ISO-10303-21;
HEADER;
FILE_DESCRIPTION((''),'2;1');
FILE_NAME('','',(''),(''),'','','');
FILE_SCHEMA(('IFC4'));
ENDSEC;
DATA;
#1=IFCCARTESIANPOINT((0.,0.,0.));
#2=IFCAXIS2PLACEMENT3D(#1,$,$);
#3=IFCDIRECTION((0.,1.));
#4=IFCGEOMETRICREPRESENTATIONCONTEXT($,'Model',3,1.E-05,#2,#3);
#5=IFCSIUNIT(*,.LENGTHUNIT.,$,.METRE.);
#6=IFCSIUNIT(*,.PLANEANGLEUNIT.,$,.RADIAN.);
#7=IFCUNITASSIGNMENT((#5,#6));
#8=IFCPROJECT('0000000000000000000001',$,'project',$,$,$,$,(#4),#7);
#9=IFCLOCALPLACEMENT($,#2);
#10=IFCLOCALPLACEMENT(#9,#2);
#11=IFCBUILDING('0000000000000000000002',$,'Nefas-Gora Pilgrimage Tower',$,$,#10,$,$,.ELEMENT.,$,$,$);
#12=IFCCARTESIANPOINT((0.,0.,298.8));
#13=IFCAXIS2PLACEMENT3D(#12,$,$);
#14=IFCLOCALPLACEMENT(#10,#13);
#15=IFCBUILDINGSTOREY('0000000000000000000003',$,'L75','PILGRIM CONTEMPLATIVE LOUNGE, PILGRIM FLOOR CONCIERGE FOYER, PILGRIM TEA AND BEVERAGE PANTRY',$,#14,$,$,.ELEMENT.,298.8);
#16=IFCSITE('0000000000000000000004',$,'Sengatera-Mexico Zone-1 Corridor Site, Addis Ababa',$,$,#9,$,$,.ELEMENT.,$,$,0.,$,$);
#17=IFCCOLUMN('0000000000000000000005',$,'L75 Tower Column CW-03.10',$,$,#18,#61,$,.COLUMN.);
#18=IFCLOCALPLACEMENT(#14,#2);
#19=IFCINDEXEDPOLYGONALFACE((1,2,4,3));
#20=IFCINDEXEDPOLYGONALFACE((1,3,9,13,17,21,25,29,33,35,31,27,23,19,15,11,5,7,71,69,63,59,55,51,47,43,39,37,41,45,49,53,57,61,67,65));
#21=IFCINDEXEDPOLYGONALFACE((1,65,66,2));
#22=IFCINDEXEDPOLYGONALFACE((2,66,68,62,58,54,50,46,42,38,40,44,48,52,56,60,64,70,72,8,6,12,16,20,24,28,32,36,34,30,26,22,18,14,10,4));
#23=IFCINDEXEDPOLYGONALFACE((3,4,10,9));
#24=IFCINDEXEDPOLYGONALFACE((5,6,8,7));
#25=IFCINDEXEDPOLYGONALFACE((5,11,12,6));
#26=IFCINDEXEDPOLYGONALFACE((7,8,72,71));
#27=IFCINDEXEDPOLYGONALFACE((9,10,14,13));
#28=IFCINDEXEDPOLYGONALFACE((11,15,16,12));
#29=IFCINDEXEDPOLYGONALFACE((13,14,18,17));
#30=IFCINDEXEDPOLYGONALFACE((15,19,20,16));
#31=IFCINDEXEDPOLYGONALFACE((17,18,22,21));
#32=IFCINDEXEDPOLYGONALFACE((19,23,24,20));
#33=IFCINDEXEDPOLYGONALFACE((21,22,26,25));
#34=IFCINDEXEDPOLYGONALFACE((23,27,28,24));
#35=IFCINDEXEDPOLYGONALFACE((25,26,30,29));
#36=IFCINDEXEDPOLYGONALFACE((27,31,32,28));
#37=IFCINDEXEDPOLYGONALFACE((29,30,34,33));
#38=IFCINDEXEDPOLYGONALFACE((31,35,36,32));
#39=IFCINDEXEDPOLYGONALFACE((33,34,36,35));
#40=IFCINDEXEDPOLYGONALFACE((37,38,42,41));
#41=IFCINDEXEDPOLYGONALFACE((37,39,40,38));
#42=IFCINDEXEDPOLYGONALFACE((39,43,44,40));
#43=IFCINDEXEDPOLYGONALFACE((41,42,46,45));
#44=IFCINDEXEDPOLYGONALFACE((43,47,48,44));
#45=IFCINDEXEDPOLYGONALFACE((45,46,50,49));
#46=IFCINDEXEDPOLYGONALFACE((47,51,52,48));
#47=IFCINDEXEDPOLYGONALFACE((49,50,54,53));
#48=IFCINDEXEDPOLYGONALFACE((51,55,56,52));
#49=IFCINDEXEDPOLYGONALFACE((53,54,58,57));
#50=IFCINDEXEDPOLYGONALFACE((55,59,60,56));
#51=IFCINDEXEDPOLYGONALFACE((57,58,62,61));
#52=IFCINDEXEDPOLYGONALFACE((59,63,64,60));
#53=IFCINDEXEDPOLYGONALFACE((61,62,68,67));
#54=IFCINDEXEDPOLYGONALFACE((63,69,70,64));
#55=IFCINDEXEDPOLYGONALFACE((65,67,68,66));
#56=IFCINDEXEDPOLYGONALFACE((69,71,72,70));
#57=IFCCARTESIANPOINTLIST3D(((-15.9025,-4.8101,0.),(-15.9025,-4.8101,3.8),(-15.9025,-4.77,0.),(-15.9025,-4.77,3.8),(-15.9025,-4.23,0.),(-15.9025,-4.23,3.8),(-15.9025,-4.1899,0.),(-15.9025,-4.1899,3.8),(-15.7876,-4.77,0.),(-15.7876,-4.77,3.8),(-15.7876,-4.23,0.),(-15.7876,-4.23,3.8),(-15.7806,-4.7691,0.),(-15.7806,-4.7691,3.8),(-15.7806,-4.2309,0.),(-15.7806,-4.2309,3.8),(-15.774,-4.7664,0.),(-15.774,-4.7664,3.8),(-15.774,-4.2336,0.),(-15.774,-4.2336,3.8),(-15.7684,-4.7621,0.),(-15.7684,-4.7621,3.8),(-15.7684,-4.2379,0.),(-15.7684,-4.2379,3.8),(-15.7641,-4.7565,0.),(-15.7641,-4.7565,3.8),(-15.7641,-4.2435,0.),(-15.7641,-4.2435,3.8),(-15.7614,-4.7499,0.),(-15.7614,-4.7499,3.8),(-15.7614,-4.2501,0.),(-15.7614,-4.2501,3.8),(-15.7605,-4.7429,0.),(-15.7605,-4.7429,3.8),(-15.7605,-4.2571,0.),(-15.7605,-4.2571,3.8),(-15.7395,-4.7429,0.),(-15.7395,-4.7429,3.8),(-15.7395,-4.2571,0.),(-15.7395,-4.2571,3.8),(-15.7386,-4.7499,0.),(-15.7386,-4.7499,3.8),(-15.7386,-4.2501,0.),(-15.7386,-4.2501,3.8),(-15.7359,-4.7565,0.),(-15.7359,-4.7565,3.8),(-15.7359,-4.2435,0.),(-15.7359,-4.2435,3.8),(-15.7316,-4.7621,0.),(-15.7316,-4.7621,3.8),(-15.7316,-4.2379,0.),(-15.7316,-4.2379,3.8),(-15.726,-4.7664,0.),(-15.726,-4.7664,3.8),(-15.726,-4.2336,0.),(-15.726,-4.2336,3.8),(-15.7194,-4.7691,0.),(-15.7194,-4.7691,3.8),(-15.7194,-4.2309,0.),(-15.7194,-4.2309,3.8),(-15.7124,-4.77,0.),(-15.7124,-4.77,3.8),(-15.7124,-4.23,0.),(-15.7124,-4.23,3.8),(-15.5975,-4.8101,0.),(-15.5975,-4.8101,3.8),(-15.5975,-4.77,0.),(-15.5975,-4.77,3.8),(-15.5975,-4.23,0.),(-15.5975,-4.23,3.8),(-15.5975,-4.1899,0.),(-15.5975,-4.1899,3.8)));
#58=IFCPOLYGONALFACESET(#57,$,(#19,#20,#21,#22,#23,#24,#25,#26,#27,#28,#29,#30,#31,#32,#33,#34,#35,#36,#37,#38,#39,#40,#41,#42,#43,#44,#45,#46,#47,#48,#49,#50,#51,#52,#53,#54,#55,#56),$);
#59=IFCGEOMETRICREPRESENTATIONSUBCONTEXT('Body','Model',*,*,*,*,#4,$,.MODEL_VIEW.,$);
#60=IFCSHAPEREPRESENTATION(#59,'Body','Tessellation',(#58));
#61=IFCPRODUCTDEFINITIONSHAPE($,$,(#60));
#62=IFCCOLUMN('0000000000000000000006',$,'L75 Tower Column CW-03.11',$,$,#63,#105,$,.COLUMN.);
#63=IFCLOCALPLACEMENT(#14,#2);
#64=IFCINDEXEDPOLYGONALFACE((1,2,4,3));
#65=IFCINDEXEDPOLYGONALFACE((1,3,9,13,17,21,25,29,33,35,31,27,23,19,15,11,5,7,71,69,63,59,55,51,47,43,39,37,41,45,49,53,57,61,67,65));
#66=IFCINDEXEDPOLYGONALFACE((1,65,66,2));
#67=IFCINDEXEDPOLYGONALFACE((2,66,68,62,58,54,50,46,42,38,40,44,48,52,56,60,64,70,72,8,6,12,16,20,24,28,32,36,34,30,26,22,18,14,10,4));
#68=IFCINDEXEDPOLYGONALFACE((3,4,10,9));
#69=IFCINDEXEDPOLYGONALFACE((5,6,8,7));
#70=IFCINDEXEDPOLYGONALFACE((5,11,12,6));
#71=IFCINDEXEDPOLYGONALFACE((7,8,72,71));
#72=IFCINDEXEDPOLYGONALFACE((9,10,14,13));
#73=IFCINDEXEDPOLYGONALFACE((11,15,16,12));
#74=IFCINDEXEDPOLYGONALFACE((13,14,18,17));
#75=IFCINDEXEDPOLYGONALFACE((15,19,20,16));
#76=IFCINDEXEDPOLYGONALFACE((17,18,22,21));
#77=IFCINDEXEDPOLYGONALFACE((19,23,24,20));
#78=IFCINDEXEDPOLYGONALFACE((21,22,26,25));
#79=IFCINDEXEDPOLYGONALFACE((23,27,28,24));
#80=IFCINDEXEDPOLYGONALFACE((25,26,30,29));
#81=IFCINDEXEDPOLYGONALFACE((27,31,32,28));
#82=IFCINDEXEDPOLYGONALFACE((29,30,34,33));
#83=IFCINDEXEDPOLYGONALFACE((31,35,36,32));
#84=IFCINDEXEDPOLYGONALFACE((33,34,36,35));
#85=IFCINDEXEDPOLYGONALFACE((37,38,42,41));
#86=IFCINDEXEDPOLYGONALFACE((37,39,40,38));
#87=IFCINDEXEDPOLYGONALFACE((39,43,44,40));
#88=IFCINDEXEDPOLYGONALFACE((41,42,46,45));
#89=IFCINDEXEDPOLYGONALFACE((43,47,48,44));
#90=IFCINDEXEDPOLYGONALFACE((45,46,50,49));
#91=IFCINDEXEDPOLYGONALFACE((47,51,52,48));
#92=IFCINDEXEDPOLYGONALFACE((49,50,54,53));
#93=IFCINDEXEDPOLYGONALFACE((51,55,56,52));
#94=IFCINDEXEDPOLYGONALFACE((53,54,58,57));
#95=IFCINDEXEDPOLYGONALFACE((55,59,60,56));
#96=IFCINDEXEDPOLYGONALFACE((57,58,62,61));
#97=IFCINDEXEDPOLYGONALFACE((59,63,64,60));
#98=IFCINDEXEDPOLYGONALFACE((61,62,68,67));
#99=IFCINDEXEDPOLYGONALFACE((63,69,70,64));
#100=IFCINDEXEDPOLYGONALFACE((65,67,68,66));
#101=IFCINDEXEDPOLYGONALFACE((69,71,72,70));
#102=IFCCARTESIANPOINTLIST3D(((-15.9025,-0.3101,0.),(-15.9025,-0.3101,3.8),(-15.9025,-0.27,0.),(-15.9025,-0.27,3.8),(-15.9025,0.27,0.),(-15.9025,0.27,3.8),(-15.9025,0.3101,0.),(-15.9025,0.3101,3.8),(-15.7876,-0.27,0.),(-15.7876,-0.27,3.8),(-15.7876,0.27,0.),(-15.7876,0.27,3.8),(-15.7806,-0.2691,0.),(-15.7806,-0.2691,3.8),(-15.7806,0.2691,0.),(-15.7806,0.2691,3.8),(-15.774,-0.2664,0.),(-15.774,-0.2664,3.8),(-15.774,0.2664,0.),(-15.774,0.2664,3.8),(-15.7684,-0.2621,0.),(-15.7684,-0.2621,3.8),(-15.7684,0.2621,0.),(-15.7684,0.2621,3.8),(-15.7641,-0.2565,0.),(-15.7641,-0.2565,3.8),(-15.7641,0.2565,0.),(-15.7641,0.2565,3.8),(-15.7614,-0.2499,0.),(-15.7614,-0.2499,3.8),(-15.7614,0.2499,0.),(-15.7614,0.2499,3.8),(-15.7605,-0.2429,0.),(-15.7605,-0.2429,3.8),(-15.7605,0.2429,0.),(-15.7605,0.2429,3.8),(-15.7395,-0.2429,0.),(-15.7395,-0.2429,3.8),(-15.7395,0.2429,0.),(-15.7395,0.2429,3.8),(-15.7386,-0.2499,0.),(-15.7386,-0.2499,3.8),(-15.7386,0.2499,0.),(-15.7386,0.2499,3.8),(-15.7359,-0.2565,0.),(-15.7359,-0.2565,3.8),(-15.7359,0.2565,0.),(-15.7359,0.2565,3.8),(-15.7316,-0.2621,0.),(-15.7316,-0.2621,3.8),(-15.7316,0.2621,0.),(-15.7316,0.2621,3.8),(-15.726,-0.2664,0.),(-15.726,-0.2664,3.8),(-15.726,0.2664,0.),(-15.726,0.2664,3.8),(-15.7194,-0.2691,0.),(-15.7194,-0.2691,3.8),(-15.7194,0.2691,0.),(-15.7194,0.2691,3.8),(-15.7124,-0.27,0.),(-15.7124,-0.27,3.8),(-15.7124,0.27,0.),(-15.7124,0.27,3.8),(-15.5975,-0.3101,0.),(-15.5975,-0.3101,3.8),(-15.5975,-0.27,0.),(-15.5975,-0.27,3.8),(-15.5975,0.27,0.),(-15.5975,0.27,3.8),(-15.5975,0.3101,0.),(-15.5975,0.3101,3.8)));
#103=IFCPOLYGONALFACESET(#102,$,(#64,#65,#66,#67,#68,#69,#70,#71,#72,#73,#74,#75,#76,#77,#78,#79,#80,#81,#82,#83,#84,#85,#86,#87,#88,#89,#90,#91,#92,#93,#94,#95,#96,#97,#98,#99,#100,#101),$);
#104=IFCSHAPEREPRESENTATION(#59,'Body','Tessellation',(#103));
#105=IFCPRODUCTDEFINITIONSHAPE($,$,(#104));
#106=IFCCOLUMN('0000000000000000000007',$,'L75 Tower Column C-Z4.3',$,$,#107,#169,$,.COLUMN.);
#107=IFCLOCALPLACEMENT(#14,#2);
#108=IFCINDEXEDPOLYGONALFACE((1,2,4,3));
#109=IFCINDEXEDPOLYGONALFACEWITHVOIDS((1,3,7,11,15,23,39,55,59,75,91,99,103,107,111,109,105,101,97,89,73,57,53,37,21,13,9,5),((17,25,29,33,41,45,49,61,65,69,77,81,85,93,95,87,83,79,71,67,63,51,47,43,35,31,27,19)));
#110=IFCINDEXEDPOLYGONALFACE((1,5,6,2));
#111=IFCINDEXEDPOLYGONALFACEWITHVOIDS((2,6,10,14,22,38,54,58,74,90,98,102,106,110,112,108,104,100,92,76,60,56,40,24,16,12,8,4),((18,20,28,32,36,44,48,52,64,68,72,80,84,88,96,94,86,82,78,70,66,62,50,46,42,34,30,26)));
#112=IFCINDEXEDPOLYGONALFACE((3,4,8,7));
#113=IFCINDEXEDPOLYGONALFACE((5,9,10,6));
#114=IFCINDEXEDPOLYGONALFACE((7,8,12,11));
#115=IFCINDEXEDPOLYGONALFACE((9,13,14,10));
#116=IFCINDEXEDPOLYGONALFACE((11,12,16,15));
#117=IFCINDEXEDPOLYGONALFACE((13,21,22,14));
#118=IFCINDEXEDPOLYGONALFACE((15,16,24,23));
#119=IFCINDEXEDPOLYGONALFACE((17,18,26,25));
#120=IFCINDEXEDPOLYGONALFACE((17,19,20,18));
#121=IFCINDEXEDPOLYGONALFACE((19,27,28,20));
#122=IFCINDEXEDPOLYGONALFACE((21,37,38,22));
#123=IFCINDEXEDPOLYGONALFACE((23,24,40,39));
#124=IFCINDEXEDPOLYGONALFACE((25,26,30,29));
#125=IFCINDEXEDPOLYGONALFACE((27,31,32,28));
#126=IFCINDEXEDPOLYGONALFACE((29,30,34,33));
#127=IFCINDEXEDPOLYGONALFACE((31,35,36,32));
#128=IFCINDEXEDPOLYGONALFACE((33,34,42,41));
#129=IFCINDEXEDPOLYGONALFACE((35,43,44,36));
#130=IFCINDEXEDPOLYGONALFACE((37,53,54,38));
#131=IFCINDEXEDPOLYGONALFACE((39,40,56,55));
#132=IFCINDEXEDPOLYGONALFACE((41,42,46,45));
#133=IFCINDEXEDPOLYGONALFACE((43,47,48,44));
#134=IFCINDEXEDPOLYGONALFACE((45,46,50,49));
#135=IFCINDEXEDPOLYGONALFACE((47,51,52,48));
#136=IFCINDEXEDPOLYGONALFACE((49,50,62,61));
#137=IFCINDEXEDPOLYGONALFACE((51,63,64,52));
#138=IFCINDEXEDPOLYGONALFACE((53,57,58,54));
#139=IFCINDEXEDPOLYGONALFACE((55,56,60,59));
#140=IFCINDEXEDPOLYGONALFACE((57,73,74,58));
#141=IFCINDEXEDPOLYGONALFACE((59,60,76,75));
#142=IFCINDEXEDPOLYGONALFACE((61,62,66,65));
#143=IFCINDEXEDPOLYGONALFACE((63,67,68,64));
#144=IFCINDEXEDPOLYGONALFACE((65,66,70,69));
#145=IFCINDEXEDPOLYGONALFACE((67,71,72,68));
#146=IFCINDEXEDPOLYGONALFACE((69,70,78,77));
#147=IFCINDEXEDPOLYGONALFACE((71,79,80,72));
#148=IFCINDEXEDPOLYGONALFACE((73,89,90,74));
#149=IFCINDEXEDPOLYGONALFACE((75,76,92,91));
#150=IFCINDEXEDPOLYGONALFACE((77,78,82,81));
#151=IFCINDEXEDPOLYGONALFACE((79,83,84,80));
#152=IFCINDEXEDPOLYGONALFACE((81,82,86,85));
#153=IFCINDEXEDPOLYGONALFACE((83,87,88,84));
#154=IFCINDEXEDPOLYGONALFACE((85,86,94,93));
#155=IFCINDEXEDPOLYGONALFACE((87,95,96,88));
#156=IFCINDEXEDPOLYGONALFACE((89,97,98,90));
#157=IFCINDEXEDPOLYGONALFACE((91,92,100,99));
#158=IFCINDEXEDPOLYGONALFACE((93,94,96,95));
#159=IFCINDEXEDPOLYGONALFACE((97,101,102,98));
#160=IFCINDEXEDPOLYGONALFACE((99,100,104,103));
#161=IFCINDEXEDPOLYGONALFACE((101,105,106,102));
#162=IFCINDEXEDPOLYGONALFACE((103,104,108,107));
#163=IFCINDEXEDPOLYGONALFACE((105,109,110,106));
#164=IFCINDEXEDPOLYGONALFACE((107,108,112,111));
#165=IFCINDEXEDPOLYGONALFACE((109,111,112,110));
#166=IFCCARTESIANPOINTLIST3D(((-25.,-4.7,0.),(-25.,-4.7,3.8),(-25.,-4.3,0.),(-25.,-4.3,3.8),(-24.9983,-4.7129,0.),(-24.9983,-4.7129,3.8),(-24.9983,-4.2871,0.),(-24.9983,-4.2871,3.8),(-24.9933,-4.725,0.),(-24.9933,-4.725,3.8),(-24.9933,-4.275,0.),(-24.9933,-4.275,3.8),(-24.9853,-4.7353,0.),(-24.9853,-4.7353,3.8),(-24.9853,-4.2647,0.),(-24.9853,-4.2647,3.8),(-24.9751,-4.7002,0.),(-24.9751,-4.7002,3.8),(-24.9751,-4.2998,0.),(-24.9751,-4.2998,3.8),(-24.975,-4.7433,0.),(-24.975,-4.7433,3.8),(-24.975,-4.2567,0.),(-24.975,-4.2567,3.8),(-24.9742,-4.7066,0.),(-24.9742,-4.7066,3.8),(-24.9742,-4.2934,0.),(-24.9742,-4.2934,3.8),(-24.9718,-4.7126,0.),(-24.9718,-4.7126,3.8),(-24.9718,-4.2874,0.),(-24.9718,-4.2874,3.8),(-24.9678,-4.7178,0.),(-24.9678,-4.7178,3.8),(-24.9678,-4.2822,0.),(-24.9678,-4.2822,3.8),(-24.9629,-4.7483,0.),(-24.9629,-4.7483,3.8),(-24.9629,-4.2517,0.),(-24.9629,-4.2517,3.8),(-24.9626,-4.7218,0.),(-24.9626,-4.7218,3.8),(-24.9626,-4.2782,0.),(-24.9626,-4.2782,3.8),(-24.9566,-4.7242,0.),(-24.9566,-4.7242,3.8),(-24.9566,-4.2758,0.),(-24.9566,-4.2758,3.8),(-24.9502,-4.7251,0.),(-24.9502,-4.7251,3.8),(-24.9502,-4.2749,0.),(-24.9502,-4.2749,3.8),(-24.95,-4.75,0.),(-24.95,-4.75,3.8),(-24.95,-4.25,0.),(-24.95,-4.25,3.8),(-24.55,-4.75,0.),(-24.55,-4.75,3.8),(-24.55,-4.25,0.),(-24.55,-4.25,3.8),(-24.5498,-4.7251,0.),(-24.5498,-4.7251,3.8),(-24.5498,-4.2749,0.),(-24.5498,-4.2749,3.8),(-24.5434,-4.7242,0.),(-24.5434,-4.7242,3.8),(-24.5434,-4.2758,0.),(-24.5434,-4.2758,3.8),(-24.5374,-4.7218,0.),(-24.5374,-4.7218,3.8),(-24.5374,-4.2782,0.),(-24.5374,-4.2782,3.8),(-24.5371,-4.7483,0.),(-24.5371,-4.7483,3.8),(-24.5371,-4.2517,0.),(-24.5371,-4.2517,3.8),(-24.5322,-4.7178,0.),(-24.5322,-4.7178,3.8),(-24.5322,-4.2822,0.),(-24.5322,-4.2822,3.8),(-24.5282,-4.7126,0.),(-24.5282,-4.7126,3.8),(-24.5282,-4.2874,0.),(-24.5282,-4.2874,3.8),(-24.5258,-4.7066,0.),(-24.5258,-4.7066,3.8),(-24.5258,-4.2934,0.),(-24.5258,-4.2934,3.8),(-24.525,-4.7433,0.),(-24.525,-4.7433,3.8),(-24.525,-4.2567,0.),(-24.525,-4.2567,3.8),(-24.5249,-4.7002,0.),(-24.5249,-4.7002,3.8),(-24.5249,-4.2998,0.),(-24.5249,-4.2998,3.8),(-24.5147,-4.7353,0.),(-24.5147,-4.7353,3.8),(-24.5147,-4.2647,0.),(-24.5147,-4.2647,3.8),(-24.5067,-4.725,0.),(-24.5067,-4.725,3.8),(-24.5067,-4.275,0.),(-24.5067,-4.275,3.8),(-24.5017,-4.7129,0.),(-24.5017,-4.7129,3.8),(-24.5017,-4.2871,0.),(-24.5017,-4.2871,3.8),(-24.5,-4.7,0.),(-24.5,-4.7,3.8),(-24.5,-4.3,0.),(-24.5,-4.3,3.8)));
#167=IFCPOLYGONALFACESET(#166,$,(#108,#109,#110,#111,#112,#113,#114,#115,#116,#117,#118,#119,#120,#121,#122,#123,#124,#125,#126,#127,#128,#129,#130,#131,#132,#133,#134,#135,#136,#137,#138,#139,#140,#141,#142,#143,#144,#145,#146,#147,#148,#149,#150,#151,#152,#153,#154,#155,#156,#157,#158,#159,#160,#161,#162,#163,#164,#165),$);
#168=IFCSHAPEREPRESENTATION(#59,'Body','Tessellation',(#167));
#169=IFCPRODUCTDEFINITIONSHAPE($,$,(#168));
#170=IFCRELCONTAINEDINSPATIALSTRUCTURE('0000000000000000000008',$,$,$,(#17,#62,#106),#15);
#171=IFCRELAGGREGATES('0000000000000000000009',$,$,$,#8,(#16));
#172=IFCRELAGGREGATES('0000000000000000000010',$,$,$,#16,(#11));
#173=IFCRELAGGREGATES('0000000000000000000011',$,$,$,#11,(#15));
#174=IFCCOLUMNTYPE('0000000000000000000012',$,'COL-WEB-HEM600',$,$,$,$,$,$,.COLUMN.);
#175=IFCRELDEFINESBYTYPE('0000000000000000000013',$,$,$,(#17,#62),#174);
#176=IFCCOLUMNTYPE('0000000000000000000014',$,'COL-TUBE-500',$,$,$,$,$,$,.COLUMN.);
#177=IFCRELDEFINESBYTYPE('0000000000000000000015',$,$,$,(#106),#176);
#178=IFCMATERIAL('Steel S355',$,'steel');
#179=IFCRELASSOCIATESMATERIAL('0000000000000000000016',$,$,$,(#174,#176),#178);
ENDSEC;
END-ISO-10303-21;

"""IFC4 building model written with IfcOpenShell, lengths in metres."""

from ifc_helpers import new_model, si_unit, direction, frame, origin, origin_2d, place, context, subcontext, project, spatial, hollow_rectangle, i_section, extrude, source, transform, mapped, material, material_profile, profile_set, type_object, element, save


model = new_model("IFC4")

# Units and contexts
model_context = context("Model", 3, precision=1e-05, world=origin(), true_north=direction((0.0, 1.0)))
body_context = subcontext(model_context, "Body", "Model", "MODEL_VIEW")
ifc_project = project(units=[si_unit("LENGTHUNIT", "METRE"), si_unit("PLANEANGLEUNIT", "RADIAN")], contexts=[model_context])

# Site, building, storey
site_placement = place(None, origin())
site = spatial("IfcSite", under=ifc_project, at=site_placement, Name="Sengatera-Mexico Zone-1 Corridor Site, Addis Ababa", CompositionType="ELEMENT", RefElevation=0.0)
building_placement = place(site_placement, origin())
building = spatial("IfcBuilding", under=site, at=building_placement, Name="Nefas-Gora Pilgrimage Tower", CompositionType="ELEMENT")
storey_placement = place(building_placement, frame((0.0, 0.0, 298.8)))
storey = spatial("IfcBuildingStorey", under=building, at=storey_placement, Name="L75", Description="PILGRIM CONTEMPLATIVE LOUNGE, PILGRIM FLOOR CONCIERGE FOYER, PILGRIM TEA AND BEVERAGE PANTRY", CompositionType="ELEMENT", Elevation=298.8)

# Columns
ifc_material_1 = material(Name="Steel S355", Category="steel")
ifc_material_profile_1 = material_profile(ifc_material_1, i_section(OverallWidth=0.3049, OverallDepth=0.6201, WebThickness=0.021, FlangeThickness=0.04, FilletRadius=0.0271, at=origin_2d()), Name="HEM 600")
ifc_profile_set_1 = profile_set([ifc_material_profile_1], Name="Steel S355")
column_type_1 = type_object("IfcColumnType", Name="COL-WEB-HEM600", PredefinedType="COLUMN", material=ifc_profile_set_1)
shared_shape_1 = source(origin(), body_context, "Body", "SweptSolid", [
    extrude(i_section(OverallWidth=0.3049, OverallDepth=0.6201, WebThickness=0.021, FlangeThickness=0.04, FilletRadius=0.0271, at=origin_2d()), origin(), (0.0, 0.0, 1.0), 3.8),
])
for number, where, z_axis, x_axis, name in (
    (1, (-15.75, -4.5, 0.0), (0.0, 0.0, 1.0), (1.0, 0.0, 0.0), "L75 Tower Column CW-03.10"),
    (2, (-15.75, 0.0, 0.0), (0.0, 0.0, 1.0), (1.0, 0.0, 0.0), "L75 Tower Column CW-03.11"),
):
    element("IfcColumn", number, at=place(storey_placement, frame(where, z_axis=z_axis, x_axis=x_axis)), inside=storey, type_object=column_type_1, Name=name, PredefinedType="COLUMN", context=body_context, shape_type="MappedRepresentation", body=[
        mapped(shared_shape_1, transform((0.0, 0.0, 0.0), x_axis=(1.0, 0.0, 0.0), y_axis=(0.0, 1.0, 0.0), z_axis=(0.0, 0.0, 1.0), scale=1.0)),
    ])
ifc_material_profile_2 = material_profile(ifc_material_1, hollow_rectangle(XDim=0.5, YDim=0.5, WallThickness=0.0249, InnerFilletRadius=0.0249, OuterFilletRadius=0.05, at=origin_2d()), Name="SHS 500x500x25")
ifc_profile_set_2 = profile_set([ifc_material_profile_2], Name="Steel S355")
column_type_2 = type_object("IfcColumnType", Name="COL-TUBE-500", PredefinedType="COLUMN", material=ifc_profile_set_2)
shared_shape_2 = source(origin(), body_context, "Body", "SweptSolid", [
    extrude(hollow_rectangle(XDim=0.5, YDim=0.5, WallThickness=0.0249, InnerFilletRadius=0.0249, OuterFilletRadius=0.05, at=origin_2d()), origin(), (0.0, 0.0, 1.0), 3.8),
])
for number, where, z_axis, x_axis, name in (
    (3, (-24.75, -4.5, 0.0), (0.0, 0.0, 1.0), (1.0, 0.0, 0.0), "L75 Tower Column C-Z4.3"),
):
    element("IfcColumn", number, at=place(storey_placement, frame(where, z_axis=z_axis, x_axis=x_axis)), inside=storey, type_object=column_type_2, Name=name, PredefinedType="COLUMN", context=body_context, shape_type="MappedRepresentation", body=[
        mapped(shared_shape_2, transform((0.0, 0.0, 0.0), x_axis=(1.0, 0.0, 0.0), y_axis=(0.0, 1.0, 0.0), z_axis=(0.0, 0.0, 1.0), scale=1.0)),
    ])

save(model, "model.ifc")
